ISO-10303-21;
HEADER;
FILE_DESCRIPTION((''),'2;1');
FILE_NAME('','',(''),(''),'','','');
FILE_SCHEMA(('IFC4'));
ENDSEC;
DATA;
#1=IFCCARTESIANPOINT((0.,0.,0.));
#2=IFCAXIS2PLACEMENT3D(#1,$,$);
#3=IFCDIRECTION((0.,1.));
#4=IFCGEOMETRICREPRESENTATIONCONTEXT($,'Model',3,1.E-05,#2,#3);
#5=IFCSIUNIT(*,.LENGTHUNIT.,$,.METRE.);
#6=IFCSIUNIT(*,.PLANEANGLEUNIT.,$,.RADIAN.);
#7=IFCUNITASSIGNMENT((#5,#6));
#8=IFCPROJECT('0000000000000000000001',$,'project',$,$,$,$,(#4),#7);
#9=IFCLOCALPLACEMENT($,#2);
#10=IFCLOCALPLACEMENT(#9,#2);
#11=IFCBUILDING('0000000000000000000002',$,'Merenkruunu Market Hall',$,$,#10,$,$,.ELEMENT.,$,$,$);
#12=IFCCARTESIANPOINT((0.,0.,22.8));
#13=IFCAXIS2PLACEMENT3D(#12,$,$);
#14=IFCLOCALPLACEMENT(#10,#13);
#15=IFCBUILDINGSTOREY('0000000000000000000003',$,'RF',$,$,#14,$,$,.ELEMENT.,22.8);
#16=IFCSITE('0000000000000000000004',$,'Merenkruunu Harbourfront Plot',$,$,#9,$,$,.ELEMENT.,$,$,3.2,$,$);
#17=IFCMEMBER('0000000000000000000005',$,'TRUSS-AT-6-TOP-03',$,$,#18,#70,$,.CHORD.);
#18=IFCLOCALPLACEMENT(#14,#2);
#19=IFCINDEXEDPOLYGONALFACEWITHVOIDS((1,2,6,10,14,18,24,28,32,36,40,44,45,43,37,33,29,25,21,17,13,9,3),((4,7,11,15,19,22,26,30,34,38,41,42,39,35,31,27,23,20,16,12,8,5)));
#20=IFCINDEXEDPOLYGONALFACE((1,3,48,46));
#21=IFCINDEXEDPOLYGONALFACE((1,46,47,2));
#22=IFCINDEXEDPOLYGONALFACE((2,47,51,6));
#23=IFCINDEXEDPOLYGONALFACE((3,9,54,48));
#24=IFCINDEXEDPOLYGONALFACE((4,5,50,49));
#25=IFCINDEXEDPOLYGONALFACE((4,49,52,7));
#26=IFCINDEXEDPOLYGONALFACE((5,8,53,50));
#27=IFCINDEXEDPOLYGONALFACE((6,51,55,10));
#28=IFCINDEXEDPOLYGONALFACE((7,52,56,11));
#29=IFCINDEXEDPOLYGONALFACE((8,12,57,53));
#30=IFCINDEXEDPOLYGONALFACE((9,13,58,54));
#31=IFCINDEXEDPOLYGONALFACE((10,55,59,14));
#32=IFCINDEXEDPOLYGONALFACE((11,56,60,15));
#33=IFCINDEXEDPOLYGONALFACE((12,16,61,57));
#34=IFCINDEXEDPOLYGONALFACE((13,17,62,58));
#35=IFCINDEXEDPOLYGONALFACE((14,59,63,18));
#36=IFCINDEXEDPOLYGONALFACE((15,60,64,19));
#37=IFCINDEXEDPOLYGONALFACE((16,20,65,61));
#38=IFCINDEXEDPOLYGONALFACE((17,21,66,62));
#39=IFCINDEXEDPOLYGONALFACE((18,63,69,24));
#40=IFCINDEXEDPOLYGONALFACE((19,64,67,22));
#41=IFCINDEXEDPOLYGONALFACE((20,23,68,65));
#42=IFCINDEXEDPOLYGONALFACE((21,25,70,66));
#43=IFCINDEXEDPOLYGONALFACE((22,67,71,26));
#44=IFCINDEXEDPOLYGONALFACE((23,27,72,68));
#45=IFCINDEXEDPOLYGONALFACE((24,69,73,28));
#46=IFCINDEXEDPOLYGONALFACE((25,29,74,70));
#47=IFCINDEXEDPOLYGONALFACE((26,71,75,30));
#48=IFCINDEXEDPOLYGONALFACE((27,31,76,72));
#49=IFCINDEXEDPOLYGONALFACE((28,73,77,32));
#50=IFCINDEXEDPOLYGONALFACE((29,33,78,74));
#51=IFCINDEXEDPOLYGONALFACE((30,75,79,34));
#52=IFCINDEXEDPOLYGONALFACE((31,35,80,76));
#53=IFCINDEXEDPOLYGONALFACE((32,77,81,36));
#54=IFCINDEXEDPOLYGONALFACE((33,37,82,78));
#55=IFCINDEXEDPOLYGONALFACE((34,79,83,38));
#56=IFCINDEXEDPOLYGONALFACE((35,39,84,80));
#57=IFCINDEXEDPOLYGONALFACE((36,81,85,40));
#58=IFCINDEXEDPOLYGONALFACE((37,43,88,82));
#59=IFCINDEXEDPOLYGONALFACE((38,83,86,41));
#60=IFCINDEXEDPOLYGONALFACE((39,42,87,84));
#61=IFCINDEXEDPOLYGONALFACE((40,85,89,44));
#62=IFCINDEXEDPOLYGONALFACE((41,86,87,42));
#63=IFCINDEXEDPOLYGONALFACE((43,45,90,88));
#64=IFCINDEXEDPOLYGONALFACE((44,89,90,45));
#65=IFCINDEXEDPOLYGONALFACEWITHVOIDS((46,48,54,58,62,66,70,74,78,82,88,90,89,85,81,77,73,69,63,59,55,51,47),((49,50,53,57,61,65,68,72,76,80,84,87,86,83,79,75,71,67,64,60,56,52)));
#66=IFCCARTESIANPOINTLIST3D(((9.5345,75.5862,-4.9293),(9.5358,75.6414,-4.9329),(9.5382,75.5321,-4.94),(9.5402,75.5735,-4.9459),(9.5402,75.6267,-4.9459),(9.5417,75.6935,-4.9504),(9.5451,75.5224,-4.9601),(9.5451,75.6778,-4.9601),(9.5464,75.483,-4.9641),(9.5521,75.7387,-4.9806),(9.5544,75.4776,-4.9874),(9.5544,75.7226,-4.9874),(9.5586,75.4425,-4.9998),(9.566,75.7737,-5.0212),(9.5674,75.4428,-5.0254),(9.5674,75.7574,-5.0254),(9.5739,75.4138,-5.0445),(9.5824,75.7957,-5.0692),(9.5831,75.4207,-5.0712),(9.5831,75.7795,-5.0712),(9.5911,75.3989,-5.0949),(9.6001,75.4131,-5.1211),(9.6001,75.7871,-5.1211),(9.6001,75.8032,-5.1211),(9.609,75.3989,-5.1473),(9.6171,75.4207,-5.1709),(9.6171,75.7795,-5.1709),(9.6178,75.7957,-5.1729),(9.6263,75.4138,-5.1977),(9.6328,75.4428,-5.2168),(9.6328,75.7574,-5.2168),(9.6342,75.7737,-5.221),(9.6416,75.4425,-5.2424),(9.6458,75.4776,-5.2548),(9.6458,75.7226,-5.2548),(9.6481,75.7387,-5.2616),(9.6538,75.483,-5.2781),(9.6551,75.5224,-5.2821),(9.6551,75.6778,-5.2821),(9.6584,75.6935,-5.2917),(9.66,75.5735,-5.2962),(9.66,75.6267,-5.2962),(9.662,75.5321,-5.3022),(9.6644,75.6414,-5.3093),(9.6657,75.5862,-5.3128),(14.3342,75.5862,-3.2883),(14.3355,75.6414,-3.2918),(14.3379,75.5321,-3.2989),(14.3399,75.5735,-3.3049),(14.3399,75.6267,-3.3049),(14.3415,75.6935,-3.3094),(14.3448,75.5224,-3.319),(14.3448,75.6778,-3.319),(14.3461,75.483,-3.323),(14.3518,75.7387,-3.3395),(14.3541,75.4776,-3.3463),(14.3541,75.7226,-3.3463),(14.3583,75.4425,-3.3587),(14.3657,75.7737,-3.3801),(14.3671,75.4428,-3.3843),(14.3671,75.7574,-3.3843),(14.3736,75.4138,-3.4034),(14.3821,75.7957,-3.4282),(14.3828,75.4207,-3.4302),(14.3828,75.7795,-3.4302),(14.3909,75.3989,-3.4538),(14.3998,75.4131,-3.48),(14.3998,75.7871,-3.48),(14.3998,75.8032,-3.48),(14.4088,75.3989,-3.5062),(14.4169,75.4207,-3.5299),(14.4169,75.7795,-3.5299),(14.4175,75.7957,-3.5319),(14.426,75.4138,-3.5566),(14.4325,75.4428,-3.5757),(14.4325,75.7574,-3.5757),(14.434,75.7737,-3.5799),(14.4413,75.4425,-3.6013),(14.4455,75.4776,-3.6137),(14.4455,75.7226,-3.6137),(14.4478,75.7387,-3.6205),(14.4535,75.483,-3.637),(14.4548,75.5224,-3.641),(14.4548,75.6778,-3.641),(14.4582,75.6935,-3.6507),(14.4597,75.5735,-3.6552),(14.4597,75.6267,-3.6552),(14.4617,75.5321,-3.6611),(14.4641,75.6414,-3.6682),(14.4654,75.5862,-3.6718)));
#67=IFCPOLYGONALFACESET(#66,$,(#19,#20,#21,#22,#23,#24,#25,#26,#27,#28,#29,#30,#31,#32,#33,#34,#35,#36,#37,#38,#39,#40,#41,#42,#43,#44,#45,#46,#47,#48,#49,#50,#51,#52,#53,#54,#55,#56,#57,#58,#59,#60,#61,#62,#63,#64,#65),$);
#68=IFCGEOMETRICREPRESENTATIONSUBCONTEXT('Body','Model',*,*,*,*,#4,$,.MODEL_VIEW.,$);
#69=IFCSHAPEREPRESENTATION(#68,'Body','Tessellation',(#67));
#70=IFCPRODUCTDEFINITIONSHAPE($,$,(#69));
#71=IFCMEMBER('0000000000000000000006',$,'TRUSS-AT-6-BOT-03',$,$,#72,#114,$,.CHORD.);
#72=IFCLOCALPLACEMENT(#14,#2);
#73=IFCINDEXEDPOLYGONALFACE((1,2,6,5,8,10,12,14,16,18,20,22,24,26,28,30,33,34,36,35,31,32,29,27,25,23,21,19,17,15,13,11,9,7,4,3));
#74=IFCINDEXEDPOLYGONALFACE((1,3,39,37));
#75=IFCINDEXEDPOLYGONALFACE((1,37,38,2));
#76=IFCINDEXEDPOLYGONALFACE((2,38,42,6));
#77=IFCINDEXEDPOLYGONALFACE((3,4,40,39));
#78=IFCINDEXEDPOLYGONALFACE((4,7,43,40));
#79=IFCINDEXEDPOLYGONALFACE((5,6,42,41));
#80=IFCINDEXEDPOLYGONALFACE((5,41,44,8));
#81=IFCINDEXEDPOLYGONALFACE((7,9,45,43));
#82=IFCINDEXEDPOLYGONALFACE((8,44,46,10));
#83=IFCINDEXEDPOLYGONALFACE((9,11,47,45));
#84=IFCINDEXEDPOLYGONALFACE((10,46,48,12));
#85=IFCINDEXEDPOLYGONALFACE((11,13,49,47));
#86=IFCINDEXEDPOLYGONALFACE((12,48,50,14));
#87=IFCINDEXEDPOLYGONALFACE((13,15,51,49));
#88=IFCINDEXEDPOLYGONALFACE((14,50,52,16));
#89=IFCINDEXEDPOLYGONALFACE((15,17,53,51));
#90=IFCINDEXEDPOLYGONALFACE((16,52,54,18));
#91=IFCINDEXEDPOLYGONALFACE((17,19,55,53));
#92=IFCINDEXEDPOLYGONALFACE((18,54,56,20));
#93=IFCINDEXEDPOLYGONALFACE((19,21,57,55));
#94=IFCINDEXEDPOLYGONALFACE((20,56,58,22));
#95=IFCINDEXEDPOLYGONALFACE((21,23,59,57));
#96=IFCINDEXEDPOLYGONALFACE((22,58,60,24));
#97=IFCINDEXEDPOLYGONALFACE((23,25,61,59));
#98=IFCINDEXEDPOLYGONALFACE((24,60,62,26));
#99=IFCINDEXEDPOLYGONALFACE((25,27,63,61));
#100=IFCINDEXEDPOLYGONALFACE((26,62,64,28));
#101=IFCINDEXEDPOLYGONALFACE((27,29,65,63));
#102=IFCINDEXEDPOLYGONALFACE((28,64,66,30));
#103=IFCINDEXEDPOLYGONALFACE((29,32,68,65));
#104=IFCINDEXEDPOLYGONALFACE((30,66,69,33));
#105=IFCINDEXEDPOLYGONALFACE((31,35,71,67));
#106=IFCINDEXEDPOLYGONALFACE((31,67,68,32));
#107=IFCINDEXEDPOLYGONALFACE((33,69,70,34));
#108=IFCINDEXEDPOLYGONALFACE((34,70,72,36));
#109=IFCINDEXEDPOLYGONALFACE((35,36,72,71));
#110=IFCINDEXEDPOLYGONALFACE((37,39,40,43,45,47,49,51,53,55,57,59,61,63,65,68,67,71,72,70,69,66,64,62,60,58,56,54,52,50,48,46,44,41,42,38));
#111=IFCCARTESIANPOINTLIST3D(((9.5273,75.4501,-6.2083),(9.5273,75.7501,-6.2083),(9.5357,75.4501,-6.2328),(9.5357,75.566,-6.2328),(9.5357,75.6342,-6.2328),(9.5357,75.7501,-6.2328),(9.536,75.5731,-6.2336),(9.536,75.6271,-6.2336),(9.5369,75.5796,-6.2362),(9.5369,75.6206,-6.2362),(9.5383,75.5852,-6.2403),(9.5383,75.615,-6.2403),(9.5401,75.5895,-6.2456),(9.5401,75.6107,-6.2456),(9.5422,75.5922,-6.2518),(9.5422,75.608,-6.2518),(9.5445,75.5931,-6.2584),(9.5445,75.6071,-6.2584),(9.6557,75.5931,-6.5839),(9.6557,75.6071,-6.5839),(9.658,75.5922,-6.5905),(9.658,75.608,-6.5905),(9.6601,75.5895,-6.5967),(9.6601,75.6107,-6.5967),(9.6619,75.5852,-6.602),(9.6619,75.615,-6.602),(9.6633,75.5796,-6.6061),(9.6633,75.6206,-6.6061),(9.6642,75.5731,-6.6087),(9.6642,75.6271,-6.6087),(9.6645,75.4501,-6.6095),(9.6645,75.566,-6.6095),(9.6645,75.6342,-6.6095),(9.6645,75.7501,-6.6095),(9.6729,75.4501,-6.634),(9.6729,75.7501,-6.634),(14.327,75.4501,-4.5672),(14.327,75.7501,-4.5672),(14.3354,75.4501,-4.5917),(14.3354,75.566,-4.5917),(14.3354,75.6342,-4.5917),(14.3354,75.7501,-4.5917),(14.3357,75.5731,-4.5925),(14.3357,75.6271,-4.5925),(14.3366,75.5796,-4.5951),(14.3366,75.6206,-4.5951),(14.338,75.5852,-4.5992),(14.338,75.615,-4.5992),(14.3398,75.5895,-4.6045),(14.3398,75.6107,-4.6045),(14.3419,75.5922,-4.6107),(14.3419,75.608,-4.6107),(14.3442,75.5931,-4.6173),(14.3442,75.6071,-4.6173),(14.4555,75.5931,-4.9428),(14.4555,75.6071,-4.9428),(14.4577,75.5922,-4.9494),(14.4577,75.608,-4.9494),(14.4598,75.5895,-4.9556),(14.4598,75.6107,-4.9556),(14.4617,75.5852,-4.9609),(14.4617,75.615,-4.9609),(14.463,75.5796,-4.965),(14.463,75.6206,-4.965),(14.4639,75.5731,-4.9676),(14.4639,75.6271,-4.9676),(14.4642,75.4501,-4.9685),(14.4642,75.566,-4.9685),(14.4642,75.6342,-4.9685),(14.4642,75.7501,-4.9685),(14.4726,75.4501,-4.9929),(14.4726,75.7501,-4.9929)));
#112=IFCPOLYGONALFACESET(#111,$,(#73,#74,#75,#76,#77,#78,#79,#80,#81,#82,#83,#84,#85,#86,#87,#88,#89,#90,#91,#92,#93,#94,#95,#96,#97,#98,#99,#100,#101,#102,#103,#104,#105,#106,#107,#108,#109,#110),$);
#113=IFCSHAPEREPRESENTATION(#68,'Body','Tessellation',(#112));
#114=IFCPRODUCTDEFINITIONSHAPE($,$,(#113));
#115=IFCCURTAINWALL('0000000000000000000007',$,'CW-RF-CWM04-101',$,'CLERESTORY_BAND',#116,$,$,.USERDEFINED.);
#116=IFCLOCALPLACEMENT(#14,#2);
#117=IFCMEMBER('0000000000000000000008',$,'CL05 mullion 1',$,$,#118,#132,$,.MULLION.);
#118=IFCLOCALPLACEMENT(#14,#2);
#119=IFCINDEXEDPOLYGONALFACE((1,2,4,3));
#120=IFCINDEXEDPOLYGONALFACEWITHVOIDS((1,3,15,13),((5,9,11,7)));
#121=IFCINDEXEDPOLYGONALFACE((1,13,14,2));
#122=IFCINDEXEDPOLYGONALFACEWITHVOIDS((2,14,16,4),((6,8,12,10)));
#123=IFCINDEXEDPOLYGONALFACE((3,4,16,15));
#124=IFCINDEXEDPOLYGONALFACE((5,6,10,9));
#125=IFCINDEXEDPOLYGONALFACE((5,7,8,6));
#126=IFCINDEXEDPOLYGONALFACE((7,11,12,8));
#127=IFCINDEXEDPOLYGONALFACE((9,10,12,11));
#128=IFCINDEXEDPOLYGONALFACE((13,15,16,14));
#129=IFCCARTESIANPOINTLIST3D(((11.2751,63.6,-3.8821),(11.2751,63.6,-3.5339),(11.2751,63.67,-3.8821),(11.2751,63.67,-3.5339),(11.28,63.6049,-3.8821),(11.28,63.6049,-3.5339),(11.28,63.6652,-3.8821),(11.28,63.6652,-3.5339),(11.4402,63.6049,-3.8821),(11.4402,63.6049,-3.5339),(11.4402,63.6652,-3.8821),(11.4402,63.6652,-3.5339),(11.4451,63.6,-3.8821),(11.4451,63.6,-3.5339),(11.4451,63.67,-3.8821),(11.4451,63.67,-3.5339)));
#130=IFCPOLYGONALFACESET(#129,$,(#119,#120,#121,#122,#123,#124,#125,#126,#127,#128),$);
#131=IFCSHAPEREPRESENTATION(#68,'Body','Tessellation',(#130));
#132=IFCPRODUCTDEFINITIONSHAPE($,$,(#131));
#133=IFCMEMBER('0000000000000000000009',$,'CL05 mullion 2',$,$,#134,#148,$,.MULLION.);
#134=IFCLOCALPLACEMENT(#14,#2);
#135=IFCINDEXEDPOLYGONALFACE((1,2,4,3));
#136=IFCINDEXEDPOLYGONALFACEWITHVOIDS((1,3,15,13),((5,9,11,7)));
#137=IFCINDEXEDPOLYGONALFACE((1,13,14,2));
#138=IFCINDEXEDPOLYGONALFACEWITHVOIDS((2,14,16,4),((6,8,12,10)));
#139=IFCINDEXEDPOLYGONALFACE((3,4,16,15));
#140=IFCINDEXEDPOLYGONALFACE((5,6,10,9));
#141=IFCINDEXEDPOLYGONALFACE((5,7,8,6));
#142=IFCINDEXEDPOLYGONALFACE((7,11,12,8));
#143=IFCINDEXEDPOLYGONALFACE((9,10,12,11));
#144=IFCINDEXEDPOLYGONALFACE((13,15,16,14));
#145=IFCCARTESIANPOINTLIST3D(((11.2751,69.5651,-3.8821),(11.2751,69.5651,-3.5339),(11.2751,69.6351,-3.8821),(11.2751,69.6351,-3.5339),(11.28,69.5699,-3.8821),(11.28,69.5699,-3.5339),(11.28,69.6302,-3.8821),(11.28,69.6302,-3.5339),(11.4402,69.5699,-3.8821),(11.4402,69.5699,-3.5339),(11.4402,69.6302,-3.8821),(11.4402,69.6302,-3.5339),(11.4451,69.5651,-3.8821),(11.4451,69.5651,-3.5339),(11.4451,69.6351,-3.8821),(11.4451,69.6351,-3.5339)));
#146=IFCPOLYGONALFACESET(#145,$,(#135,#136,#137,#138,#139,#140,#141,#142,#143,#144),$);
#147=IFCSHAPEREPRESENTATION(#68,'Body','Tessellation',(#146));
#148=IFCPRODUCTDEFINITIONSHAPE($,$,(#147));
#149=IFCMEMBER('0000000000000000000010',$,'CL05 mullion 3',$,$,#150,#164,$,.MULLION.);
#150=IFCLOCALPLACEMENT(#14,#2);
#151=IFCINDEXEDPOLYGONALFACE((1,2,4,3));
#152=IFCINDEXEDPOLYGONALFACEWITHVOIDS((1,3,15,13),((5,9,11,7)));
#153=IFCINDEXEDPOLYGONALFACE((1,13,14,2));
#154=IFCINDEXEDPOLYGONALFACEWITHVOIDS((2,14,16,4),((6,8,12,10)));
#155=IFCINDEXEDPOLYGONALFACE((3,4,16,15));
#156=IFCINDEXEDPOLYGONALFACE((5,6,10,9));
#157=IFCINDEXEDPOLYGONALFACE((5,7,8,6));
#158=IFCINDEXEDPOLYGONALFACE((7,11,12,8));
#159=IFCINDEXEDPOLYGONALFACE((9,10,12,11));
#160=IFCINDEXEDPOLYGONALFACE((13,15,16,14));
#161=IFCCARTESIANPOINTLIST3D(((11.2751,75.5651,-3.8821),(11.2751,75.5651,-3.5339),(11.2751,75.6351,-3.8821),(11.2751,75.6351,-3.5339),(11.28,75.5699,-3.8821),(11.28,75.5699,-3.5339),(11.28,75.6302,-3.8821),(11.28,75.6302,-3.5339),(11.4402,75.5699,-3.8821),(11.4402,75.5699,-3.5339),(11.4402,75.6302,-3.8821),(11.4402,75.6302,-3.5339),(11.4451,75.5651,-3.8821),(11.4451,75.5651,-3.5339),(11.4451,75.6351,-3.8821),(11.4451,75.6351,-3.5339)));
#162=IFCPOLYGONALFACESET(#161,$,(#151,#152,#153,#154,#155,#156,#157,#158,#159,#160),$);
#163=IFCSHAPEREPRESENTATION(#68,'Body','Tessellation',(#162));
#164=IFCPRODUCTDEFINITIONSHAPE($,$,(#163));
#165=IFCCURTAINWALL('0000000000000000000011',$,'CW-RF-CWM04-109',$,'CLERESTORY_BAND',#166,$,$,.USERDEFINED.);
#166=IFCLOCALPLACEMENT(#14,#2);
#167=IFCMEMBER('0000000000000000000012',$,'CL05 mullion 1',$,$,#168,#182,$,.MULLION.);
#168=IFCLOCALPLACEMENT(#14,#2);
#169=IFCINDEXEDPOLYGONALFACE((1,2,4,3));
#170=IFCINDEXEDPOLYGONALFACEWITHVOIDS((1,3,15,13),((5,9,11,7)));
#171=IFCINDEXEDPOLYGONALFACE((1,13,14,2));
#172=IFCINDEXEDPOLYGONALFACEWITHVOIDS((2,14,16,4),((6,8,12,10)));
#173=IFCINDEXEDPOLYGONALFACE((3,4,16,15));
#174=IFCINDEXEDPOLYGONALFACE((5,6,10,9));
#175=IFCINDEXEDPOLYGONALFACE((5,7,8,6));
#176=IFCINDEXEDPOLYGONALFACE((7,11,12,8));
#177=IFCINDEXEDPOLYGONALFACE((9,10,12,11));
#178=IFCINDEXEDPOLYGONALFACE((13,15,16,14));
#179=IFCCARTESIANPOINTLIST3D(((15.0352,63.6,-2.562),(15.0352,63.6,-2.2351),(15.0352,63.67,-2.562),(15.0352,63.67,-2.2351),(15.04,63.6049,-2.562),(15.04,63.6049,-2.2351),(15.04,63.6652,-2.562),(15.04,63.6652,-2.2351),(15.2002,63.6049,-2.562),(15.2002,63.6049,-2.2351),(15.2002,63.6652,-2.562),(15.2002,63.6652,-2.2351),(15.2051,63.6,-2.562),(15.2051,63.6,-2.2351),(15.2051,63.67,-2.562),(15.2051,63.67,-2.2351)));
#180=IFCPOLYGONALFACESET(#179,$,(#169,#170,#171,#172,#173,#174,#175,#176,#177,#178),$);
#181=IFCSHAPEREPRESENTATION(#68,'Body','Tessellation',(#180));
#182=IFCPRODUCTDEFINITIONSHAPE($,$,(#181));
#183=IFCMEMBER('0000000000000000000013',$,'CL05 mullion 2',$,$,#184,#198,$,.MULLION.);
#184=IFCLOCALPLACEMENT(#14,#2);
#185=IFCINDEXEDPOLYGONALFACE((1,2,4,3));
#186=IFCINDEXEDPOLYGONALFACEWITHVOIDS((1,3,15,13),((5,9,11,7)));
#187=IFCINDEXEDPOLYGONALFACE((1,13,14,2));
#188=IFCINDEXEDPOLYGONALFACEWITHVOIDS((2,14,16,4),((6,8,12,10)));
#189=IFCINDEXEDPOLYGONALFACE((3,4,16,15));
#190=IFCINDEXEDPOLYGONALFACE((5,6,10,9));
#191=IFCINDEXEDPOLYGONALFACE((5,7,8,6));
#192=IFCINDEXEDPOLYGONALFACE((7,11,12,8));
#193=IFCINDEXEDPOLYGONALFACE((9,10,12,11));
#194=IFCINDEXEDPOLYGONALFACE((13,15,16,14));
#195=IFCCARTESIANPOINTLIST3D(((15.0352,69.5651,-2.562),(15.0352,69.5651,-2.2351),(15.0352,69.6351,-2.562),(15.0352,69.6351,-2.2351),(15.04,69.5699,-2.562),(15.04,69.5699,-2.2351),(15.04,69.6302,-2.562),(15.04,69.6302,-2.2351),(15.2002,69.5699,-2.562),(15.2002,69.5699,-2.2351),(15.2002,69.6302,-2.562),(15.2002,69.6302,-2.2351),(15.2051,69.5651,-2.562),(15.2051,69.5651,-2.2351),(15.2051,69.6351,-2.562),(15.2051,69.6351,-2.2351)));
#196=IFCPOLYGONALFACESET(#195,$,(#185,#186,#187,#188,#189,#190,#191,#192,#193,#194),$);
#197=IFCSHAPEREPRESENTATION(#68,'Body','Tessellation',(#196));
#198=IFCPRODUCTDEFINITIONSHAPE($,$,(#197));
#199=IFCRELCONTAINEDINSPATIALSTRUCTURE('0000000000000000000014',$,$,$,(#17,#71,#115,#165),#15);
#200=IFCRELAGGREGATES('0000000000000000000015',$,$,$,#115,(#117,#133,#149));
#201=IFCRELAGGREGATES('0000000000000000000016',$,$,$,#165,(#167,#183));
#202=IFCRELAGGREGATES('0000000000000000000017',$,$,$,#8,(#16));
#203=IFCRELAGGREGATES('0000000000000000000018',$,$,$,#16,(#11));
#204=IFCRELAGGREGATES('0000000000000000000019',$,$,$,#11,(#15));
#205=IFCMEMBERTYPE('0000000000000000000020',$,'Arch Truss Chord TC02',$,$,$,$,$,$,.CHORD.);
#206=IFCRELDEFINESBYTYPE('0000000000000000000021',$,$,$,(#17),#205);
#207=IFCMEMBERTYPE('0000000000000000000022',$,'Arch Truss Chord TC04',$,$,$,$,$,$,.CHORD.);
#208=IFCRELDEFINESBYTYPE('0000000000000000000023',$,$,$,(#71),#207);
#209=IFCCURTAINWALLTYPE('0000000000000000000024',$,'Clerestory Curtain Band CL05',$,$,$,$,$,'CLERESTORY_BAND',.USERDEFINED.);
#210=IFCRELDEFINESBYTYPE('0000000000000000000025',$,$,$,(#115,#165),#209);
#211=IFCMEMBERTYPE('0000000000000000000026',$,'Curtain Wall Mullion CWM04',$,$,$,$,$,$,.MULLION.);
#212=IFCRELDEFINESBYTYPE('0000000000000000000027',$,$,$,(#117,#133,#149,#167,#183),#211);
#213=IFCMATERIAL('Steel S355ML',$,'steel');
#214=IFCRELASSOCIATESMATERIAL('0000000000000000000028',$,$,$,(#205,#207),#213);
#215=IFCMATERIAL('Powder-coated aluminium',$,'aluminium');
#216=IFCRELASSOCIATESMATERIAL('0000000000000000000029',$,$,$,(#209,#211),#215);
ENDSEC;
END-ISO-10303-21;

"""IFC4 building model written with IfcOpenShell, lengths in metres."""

from ifc_helpers import new_model, si_unit, direction, frame, origin, origin_2d, place, context, subcontext, project, spatial, hollow_rectangle, hollow_circle, i_section, extrude, material, material_profile, profile_set, type_object, element, aggregate, save


model = new_model("IFC4")

# Units and contexts
model_context = context("Model", 3, precision=1e-05, world=origin(), true_north=direction((0.0, 1.0)))
body_context = subcontext(model_context, "Body", "Model", "MODEL_VIEW")
ifc_project = project(units=[si_unit("LENGTHUNIT", "METRE"), si_unit("PLANEANGLEUNIT", "RADIAN")], contexts=[model_context])

# Site, building, storey
site_placement = place(None, origin())
site = spatial("IfcSite", under=ifc_project, at=site_placement, Name="Merenkruunu Harbourfront Plot", CompositionType="ELEMENT", RefElevation=3.2)
building_placement = place(site_placement, origin())
building = spatial("IfcBuilding", under=site, at=building_placement, Name="Merenkruunu Market Hall", CompositionType="ELEMENT")
storey_placement = place(building_placement, frame((0.0, 0.0, 22.8)))
storey = spatial("IfcBuildingStorey", under=building, at=storey_placement, Name="RF", CompositionType="ELEMENT", Elevation=22.8)

# Members
ifc_material_1 = material(Name="Steel S355ML", Category="steel")
ifc_material_profile_1 = material_profile(ifc_material_1, hollow_circle(Radius=0.2031, WallThickness=0.0161, at=origin_2d()), Name="CHS 406.4x16")
ifc_profile_set_1 = profile_set([ifc_material_profile_1], Name="Steel S355ML")
member_type_1 = type_object("IfcMemberType", Name="Arch Truss Chord TC02", PredefinedType="CHORD", material=ifc_profile_set_1)
member_1_placement = place(storey_placement, frame((9.6001, 75.6001, -5.1211), z_axis=(0.94622, 0.0, 0.323524), x_axis=(0.0, 1.0, 0.0)))
element("IfcMember", 1, at=member_1_placement, inside=storey, type_object=member_type_1, Name="TRUSS-AT-6-TOP-03", PredefinedType="CHORD", context=body_context, shape_type="SweptSolid", body=[
    extrude(hollow_circle(Radius=0.2031, WallThickness=0.0161, at=origin_2d()), origin(), (0.0, 0.0, 1.0), 5.0725),
])
ifc_material_profile_2 = material_profile(ifc_material_1, i_section(OverallWidth=0.3, OverallDepth=0.45, WebThickness=0.0139, FlangeThickness=0.0259, FilletRadius=0.0271, at=origin_2d()), Name="HEB 450")
ifc_profile_set_2 = profile_set([ifc_material_profile_2], Name="Steel S355ML")
member_type_2 = type_object("IfcMemberType", Name="Arch Truss Chord TC04", PredefinedType="CHORD", material=ifc_profile_set_2)
member_2_placement = place(storey_placement, frame((9.6001, 75.6001, -6.4211), z_axis=(0.94622, 0.0, 0.323524), x_axis=(0.0, 1.0, 0.0)))
element("IfcMember", 2, at=member_2_placement, inside=storey, type_object=member_type_2, Name="TRUSS-AT-6-BOT-03", PredefinedType="CHORD", context=body_context, shape_type="SweptSolid", body=[
    extrude(i_section(OverallWidth=0.3, OverallDepth=0.45, WebThickness=0.0139, FlangeThickness=0.0259, FilletRadius=0.0271, at=origin_2d()), origin(), (0.0, 0.0, 1.0), 5.0725),
])

# Curtain walls, members
ifc_material_2 = material(Name="Powder-coated aluminium", Category="aluminium")
curtain_wall_type = type_object("IfcCurtainWallType", Name="Clerestory Curtain Band CL05", ElementType="CLERESTORY_BAND", PredefinedType="USERDEFINED", material=ifc_material_2)
curtain_wall_1_placement = place(storey_placement, origin())
curtain_wall_1 = element("IfcCurtainWall", 3, at=curtain_wall_1_placement, inside=storey, type_object=curtain_wall_type, Name="CW-RF-CWM04-101", ObjectType="CLERESTORY_BAND", PredefinedType="USERDEFINED")
ifc_material_profile_3 = material_profile(ifc_material_2, hollow_rectangle(XDim=0.0701, YDim=0.1699, WallThickness=0.0049, at=origin_2d()), Name="ALU 70x170x5")
ifc_profile_set_3 = profile_set([ifc_material_profile_3], Name="Powder-coated aluminium")
member_type_3 = type_object("IfcMemberType", Name="Curtain Wall Mullion CWM04", PredefinedType="MULLION", material=ifc_profile_set_3)
member_3_placement = place(storey_placement, frame((11.3601, 63.635, -3.8821), z_axis=(0.0, 0.0, 1.0), x_axis=(0.0, 1.0, 0.0)))
member_3 = element("IfcMember", 4, at=member_3_placement, type_object=member_type_3, Name="CL05 mullion 1", PredefinedType="MULLION", context=body_context, shape_type="SweptSolid", body=[
    extrude(hollow_rectangle(XDim=0.0701, YDim=0.1699, WallThickness=0.0049, at=origin_2d()), origin(), (0.0, 0.0, 1.0), 0.3481),
])
member_4_placement = place(storey_placement, frame((11.3601, 69.6001, -3.8821), z_axis=(0.0, 0.0, 1.0), x_axis=(0.0, 1.0, 0.0)))
member_4 = element("IfcMember", 5, at=member_4_placement, type_object=member_type_3, Name="CL05 mullion 2", PredefinedType="MULLION", context=body_context, shape_type="SweptSolid", body=[
    extrude(hollow_rectangle(XDim=0.0701, YDim=0.1699, WallThickness=0.0049, at=origin_2d()), origin(), (0.0, 0.0, 1.0), 0.3481),
])
member_5_placement = place(storey_placement, frame((11.3601, 75.6001, -3.8821), z_axis=(0.0, 0.0, 1.0), x_axis=(0.0, 1.0, 0.0)))
member_5 = element("IfcMember", 6, at=member_5_placement, type_object=member_type_3, Name="CL05 mullion 3", PredefinedType="MULLION", context=body_context, shape_type="SweptSolid", body=[
    extrude(hollow_rectangle(XDim=0.0701, YDim=0.1699, WallThickness=0.0049, at=origin_2d()), origin(), (0.0, 0.0, 1.0), 0.3481),
])
curtain_wall_2_placement = place(storey_placement, origin())
curtain_wall_2 = element("IfcCurtainWall", 7, at=curtain_wall_2_placement, inside=storey, type_object=curtain_wall_type, Name="CW-RF-CWM04-109", ObjectType="CLERESTORY_BAND", PredefinedType="USERDEFINED")
member_6_placement = place(storey_placement, frame((15.1201, 63.635, -2.562), z_axis=(0.0, 0.0, 1.0), x_axis=(0.0, 1.0, 0.0)))
member_6 = element("IfcMember", 8, at=member_6_placement, type_object=member_type_3, Name="CL05 mullion 1", PredefinedType="MULLION", context=body_context, shape_type="SweptSolid", body=[
    extrude(hollow_rectangle(XDim=0.0701, YDim=0.1699, WallThickness=0.0049, at=origin_2d()), origin(), (0.0, 0.0, 1.0), 0.3269),
])
member_7_placement = place(storey_placement, frame((15.1201, 69.6001, -2.562), z_axis=(0.0, 0.0, 1.0), x_axis=(0.0, 1.0, 0.0)))
member_7 = element("IfcMember", 9, at=member_7_placement, type_object=member_type_3, Name="CL05 mullion 2", PredefinedType="MULLION", context=body_context, shape_type="SweptSolid", body=[
    extrude(hollow_rectangle(XDim=0.0701, YDim=0.1699, WallThickness=0.0049, at=origin_2d()), origin(), (0.0, 0.0, 1.0), 0.3269),
])

aggregate(curtain_wall_1, [member_3, member_4, member_5])
aggregate(curtain_wall_2, [member_6, member_7])

save(model, "model.ifc")
